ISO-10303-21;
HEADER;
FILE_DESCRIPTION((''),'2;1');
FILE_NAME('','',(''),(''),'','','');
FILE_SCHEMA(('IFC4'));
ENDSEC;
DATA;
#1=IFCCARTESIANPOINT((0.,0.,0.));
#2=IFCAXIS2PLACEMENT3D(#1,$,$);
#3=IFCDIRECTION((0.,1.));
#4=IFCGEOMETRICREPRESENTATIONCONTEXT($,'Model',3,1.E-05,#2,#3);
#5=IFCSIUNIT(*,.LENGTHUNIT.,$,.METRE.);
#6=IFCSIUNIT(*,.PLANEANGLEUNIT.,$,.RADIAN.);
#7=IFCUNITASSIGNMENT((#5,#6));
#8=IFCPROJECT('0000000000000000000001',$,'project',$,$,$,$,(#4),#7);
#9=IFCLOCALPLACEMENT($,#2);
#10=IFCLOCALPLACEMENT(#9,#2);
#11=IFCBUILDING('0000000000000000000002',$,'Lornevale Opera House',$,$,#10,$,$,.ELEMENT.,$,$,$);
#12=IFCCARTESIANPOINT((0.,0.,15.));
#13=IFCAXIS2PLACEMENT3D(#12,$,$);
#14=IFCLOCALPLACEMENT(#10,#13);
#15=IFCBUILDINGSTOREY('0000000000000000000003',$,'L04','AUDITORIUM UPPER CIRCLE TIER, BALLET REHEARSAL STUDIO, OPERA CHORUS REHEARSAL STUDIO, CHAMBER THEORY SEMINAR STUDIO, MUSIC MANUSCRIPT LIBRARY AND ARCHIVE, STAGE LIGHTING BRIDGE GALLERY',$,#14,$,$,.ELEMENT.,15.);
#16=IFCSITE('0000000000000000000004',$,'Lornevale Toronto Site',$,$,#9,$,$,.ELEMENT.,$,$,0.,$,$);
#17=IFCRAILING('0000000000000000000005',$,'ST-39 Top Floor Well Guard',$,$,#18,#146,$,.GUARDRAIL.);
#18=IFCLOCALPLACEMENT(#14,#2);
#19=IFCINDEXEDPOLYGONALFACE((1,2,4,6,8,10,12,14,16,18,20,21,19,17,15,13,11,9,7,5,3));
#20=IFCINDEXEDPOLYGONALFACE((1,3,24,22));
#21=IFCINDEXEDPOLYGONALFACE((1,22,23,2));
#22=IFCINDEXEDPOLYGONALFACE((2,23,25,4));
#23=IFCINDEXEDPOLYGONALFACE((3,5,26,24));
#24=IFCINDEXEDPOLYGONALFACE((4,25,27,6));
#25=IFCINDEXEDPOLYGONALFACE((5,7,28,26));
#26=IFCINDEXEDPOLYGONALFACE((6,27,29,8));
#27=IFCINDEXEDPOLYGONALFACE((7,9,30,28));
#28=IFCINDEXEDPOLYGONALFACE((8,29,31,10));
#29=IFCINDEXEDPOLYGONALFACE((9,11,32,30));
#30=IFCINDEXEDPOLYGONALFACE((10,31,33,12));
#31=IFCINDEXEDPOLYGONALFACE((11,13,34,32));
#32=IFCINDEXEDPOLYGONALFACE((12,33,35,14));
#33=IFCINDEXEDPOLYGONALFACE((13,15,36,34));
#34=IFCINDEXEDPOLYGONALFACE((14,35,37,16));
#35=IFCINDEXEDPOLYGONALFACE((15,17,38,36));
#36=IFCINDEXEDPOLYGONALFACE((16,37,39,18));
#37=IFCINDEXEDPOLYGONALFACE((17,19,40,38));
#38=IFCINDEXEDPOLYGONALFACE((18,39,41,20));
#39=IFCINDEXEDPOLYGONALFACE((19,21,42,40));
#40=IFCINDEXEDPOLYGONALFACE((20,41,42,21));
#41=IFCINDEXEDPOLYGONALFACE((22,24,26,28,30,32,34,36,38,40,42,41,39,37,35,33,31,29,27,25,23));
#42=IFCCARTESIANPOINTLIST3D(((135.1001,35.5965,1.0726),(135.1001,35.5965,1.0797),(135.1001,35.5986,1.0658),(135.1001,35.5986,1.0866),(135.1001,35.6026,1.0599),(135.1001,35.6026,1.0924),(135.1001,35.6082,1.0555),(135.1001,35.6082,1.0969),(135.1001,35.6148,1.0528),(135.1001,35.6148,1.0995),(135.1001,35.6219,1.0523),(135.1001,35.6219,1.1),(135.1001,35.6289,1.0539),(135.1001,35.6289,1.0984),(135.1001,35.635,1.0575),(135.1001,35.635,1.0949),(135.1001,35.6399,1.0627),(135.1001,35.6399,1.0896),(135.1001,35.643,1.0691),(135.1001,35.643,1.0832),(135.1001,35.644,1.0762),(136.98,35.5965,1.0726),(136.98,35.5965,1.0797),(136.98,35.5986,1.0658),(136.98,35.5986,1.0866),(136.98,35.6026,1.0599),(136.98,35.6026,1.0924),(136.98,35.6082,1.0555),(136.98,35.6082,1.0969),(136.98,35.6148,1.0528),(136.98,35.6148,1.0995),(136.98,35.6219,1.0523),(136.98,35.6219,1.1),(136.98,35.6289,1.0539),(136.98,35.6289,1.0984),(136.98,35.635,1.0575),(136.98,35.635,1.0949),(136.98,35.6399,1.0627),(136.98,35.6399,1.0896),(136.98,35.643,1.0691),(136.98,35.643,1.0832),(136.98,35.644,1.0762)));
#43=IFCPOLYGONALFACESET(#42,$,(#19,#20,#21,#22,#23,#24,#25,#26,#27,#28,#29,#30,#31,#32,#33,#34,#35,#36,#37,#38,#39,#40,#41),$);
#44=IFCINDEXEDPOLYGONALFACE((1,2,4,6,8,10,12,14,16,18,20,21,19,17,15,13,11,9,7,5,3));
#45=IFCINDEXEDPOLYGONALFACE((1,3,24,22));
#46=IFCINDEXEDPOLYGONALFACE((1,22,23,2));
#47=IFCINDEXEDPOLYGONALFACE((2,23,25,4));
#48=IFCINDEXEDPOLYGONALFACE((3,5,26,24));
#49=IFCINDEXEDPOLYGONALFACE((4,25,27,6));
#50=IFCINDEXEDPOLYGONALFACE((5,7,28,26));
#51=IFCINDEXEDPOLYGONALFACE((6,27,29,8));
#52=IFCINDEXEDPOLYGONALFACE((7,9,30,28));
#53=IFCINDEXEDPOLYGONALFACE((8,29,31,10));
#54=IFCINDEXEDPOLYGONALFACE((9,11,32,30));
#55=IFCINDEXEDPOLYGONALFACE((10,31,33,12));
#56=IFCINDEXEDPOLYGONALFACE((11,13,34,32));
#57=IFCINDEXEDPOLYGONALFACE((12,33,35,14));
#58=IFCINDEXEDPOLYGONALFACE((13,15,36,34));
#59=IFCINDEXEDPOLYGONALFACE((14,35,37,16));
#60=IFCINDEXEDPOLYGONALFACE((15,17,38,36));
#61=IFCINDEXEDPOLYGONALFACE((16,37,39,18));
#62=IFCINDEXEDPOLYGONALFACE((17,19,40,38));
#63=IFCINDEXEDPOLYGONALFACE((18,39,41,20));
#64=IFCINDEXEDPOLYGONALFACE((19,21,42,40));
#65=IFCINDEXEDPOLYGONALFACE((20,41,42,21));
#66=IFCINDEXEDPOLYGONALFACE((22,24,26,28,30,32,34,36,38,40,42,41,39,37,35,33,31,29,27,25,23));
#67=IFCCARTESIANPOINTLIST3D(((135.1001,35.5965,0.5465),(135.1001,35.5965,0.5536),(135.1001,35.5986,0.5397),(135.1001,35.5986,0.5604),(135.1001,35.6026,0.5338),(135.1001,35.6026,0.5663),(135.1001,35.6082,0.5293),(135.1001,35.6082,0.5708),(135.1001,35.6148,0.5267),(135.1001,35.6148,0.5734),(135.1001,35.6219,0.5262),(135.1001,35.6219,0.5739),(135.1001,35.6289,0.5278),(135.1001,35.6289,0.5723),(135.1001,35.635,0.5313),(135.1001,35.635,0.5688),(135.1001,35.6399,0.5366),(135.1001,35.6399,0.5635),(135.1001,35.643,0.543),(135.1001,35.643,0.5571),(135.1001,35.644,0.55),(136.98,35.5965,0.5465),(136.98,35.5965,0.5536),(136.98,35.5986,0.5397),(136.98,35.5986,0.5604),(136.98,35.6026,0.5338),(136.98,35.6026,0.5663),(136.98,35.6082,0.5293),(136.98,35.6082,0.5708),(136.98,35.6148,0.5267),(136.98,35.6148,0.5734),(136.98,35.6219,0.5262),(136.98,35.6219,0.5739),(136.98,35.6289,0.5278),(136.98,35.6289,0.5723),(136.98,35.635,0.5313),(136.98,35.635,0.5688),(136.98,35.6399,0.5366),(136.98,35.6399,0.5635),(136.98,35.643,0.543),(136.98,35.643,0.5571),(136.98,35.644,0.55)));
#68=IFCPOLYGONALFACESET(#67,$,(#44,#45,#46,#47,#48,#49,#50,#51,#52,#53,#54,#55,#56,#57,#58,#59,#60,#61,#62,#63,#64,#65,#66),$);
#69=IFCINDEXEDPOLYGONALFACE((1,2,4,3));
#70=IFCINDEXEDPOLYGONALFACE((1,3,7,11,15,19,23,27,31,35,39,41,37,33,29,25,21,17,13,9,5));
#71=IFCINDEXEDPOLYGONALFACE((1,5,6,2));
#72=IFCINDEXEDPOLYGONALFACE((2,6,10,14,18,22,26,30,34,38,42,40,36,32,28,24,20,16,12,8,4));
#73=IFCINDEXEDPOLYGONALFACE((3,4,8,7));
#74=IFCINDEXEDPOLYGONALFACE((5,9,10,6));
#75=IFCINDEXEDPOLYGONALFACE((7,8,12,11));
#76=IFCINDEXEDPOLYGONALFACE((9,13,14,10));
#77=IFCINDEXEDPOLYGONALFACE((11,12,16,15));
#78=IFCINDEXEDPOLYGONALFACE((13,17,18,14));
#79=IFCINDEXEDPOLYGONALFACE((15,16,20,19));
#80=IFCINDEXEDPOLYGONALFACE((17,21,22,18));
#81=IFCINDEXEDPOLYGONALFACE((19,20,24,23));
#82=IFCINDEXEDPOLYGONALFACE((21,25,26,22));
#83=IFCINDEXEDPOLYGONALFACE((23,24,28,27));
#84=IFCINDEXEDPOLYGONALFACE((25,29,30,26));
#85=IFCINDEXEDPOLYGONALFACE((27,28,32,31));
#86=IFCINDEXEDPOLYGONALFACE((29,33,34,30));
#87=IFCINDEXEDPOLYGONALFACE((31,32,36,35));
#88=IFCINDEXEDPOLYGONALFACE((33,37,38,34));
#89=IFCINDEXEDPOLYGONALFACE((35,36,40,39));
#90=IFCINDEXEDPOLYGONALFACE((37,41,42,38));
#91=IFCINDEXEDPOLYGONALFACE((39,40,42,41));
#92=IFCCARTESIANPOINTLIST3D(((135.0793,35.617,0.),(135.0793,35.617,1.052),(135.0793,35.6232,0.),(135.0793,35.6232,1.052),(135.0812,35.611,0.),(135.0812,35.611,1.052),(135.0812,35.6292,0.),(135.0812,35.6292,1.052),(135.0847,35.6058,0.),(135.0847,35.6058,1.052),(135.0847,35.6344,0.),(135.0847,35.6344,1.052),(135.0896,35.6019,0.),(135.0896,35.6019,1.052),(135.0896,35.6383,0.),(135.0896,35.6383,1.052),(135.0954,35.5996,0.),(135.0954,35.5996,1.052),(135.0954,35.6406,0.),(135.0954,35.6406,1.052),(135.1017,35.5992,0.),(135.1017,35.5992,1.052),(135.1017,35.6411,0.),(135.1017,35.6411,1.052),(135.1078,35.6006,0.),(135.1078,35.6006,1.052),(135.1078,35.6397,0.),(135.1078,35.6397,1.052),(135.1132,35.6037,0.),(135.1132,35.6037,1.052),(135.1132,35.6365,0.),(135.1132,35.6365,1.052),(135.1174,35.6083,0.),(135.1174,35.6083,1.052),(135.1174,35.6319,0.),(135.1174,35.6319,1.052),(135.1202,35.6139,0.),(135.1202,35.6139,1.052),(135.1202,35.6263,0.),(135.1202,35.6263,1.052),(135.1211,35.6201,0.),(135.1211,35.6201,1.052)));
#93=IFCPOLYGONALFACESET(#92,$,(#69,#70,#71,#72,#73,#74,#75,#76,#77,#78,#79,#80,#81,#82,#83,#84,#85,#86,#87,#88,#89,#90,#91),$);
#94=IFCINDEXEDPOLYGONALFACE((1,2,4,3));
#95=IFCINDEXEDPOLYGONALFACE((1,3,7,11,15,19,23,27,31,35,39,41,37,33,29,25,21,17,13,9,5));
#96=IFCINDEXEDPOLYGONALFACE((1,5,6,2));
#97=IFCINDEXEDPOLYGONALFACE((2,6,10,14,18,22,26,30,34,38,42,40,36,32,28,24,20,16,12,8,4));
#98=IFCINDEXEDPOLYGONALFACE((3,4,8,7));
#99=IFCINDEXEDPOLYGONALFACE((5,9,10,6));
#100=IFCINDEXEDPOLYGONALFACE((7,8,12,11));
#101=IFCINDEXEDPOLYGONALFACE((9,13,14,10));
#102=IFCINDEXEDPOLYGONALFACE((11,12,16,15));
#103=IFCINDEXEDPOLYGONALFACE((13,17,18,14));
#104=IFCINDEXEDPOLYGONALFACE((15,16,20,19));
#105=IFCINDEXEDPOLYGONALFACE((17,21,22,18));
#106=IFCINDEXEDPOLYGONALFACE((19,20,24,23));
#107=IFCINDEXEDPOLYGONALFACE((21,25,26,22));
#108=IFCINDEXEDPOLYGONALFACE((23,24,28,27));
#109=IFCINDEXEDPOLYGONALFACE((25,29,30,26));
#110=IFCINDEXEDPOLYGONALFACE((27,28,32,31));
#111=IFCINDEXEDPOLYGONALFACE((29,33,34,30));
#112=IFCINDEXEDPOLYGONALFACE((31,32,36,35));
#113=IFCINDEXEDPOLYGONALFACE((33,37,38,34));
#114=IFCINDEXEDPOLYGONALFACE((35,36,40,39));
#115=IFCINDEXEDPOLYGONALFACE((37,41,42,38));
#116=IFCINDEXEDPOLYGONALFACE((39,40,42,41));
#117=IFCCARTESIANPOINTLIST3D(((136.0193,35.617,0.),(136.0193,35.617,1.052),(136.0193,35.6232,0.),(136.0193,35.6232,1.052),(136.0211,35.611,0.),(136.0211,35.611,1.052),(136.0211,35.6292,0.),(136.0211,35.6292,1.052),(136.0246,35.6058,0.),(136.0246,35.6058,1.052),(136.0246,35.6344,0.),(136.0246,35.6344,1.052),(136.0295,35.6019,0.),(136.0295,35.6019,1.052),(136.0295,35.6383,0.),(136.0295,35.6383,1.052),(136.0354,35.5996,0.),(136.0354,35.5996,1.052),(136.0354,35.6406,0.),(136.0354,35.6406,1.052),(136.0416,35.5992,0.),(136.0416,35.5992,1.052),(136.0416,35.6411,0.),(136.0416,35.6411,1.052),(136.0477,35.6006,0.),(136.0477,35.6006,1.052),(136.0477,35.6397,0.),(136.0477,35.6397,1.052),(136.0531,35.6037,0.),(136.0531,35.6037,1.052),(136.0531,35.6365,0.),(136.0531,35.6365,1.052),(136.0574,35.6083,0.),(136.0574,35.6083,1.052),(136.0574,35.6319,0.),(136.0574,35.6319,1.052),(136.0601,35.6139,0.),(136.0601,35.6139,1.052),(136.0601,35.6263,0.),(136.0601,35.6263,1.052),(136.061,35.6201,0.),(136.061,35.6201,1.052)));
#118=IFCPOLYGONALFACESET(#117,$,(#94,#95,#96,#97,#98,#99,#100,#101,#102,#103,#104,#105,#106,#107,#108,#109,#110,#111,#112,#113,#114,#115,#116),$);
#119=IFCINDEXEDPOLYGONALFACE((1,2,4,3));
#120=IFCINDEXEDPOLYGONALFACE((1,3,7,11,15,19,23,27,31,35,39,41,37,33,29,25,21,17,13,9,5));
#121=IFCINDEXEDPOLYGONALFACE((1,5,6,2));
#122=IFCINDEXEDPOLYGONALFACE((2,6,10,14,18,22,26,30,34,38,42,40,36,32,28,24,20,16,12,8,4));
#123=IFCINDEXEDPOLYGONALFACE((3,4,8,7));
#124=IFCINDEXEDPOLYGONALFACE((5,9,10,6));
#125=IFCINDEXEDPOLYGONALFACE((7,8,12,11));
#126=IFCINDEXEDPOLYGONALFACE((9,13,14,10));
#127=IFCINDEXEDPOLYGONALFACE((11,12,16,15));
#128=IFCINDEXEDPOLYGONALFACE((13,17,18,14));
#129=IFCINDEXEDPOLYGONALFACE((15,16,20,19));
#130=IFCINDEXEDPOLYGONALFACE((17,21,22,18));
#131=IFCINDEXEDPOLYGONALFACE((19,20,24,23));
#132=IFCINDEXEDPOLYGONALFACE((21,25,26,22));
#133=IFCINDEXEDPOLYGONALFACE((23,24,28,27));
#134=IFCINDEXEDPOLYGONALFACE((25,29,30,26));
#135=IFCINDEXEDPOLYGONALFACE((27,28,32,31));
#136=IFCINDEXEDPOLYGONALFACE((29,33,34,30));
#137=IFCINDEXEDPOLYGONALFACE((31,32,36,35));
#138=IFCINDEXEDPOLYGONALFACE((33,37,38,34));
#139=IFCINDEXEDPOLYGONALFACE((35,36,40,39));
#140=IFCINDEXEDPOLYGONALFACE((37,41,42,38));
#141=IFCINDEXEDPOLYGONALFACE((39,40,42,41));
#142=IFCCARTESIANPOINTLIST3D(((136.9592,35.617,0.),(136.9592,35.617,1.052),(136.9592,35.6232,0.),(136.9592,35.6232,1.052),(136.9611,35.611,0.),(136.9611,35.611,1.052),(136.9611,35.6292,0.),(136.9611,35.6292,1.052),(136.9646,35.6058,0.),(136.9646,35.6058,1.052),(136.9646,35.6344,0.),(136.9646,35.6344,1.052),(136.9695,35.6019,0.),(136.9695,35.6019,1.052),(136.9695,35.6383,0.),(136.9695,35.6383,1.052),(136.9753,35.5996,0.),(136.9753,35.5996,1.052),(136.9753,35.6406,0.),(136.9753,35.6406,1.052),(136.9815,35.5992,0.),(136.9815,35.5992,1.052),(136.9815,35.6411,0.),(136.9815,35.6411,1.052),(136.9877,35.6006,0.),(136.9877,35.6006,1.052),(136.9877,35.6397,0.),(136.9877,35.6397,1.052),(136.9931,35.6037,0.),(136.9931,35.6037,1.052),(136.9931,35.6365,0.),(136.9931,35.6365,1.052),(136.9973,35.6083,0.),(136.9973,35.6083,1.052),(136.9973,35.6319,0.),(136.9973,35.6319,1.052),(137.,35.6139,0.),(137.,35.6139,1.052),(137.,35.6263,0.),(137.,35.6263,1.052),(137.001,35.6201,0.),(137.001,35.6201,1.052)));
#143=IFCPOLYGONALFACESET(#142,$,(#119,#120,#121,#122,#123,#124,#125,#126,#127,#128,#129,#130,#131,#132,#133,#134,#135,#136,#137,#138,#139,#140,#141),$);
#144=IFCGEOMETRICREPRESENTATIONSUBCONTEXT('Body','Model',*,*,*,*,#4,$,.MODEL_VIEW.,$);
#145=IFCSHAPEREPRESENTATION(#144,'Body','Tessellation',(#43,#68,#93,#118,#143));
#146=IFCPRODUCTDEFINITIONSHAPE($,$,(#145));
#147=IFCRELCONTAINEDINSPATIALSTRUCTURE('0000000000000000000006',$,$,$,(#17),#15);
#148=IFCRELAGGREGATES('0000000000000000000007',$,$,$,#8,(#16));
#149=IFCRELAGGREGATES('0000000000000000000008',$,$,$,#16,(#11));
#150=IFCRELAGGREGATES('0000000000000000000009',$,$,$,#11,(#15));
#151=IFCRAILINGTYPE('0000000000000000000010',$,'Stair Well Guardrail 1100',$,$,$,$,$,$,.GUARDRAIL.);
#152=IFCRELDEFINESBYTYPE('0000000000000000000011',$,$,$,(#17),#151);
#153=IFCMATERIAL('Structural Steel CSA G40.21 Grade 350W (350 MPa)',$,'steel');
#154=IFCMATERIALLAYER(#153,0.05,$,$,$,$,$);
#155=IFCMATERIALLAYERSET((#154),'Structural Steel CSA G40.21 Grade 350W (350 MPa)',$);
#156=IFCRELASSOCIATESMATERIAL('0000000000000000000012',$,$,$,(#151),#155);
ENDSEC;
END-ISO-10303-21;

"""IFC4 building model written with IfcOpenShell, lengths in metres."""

from ifc_helpers import new_model, si_unit, direction, frame, origin, origin_2d, place, context, subcontext, project, spatial, circle, extrude, material, layer, layer_set, type_object, element, save


model = new_model("IFC4")

# Units and contexts
model_context = context("Model", 3, precision=1e-05, world=origin(), true_north=direction((0.0, 1.0)))
body_context = subcontext(model_context, "Body", "Model", "MODEL_VIEW")
ifc_project = project(units=[si_unit("LENGTHUNIT", "METRE"), si_unit("PLANEANGLEUNIT", "RADIAN")], contexts=[model_context])

# Site, building, storey
site_placement = place(None, origin())
site = spatial("IfcSite", under=ifc_project, at=site_placement, Name="Lornevale Toronto Site", CompositionType="ELEMENT", RefElevation=0.0)
building_placement = place(site_placement, origin())
building = spatial("IfcBuilding", under=site, at=building_placement, Name="Lornevale Opera House", CompositionType="ELEMENT")
storey_placement = place(building_placement, frame((0.0, 0.0, 15.0)))
storey = spatial("IfcBuildingStorey", under=building, at=storey_placement, Name="L04", Description="AUDITORIUM UPPER CIRCLE TIER, BALLET REHEARSAL STUDIO, OPERA CHORUS REHEARSAL STUDIO, CHAMBER THEORY SEMINAR STUDIO, MUSIC MANUSCRIPT LIBRARY AND ARCHIVE, STAGE LIGHTING BRIDGE GALLERY", CompositionType="ELEMENT", Elevation=15.0)

# Shared definitions
ifc_material_1 = material(Name="Structural Steel CSA G40.21 Grade 350W (350 MPa)", Category="steel")

# Railing
ifc_layer_1 = layer(ifc_material_1, 0.05)
ifc_layer_set_1 = layer_set([ifc_layer_1], Name="Structural Steel CSA G40.21 Grade 350W (350 MPa)")
railing_type = type_object("IfcRailingType", Name="Stair Well Guardrail 1100", PredefinedType="GUARDRAIL", material=ifc_layer_set_1)
railing_placement = place(storey_placement, frame((135.1001, 35.6201, 0.0)))
element("IfcRailing", 1, at=railing_placement, inside=storey, type_object=railing_type, Name="ST-39 Top Floor Well Guard", PredefinedType="GUARDRAIL", context=body_context, shape_type="SweptSolid", body=[
    extrude(circle(Radius=0.0239, at=origin_2d()), frame((0.0, 0.0, 1.0762), z_axis=(1.0, 0.0, 0.0), x_axis=(0.0, 1.0, 0.0)), (0.0, 0.0, 1.0), 1.8799),
    extrude(circle(Radius=0.0239, at=origin_2d()), frame((0.0, 0.0, 0.55), z_axis=(1.0, 0.0, 0.0), x_axis=(0.0, 1.0, 0.0)), (0.0, 0.0, 1.0), 1.8799),
    extrude(circle(Radius=0.021, at=origin_2d()), origin(), (0.0, 0.0, 1.0), 1.052),
    extrude(circle(Radius=0.021, at=origin_2d()), frame((0.9399, 0.0, 0.0)), (0.0, 0.0, 1.0), 1.052),
    extrude(circle(Radius=0.021, at=origin_2d()), frame((1.8799, 0.0, 0.0)), (0.0, 0.0, 1.0), 1.052),
])

save(model, "model.ifc")
